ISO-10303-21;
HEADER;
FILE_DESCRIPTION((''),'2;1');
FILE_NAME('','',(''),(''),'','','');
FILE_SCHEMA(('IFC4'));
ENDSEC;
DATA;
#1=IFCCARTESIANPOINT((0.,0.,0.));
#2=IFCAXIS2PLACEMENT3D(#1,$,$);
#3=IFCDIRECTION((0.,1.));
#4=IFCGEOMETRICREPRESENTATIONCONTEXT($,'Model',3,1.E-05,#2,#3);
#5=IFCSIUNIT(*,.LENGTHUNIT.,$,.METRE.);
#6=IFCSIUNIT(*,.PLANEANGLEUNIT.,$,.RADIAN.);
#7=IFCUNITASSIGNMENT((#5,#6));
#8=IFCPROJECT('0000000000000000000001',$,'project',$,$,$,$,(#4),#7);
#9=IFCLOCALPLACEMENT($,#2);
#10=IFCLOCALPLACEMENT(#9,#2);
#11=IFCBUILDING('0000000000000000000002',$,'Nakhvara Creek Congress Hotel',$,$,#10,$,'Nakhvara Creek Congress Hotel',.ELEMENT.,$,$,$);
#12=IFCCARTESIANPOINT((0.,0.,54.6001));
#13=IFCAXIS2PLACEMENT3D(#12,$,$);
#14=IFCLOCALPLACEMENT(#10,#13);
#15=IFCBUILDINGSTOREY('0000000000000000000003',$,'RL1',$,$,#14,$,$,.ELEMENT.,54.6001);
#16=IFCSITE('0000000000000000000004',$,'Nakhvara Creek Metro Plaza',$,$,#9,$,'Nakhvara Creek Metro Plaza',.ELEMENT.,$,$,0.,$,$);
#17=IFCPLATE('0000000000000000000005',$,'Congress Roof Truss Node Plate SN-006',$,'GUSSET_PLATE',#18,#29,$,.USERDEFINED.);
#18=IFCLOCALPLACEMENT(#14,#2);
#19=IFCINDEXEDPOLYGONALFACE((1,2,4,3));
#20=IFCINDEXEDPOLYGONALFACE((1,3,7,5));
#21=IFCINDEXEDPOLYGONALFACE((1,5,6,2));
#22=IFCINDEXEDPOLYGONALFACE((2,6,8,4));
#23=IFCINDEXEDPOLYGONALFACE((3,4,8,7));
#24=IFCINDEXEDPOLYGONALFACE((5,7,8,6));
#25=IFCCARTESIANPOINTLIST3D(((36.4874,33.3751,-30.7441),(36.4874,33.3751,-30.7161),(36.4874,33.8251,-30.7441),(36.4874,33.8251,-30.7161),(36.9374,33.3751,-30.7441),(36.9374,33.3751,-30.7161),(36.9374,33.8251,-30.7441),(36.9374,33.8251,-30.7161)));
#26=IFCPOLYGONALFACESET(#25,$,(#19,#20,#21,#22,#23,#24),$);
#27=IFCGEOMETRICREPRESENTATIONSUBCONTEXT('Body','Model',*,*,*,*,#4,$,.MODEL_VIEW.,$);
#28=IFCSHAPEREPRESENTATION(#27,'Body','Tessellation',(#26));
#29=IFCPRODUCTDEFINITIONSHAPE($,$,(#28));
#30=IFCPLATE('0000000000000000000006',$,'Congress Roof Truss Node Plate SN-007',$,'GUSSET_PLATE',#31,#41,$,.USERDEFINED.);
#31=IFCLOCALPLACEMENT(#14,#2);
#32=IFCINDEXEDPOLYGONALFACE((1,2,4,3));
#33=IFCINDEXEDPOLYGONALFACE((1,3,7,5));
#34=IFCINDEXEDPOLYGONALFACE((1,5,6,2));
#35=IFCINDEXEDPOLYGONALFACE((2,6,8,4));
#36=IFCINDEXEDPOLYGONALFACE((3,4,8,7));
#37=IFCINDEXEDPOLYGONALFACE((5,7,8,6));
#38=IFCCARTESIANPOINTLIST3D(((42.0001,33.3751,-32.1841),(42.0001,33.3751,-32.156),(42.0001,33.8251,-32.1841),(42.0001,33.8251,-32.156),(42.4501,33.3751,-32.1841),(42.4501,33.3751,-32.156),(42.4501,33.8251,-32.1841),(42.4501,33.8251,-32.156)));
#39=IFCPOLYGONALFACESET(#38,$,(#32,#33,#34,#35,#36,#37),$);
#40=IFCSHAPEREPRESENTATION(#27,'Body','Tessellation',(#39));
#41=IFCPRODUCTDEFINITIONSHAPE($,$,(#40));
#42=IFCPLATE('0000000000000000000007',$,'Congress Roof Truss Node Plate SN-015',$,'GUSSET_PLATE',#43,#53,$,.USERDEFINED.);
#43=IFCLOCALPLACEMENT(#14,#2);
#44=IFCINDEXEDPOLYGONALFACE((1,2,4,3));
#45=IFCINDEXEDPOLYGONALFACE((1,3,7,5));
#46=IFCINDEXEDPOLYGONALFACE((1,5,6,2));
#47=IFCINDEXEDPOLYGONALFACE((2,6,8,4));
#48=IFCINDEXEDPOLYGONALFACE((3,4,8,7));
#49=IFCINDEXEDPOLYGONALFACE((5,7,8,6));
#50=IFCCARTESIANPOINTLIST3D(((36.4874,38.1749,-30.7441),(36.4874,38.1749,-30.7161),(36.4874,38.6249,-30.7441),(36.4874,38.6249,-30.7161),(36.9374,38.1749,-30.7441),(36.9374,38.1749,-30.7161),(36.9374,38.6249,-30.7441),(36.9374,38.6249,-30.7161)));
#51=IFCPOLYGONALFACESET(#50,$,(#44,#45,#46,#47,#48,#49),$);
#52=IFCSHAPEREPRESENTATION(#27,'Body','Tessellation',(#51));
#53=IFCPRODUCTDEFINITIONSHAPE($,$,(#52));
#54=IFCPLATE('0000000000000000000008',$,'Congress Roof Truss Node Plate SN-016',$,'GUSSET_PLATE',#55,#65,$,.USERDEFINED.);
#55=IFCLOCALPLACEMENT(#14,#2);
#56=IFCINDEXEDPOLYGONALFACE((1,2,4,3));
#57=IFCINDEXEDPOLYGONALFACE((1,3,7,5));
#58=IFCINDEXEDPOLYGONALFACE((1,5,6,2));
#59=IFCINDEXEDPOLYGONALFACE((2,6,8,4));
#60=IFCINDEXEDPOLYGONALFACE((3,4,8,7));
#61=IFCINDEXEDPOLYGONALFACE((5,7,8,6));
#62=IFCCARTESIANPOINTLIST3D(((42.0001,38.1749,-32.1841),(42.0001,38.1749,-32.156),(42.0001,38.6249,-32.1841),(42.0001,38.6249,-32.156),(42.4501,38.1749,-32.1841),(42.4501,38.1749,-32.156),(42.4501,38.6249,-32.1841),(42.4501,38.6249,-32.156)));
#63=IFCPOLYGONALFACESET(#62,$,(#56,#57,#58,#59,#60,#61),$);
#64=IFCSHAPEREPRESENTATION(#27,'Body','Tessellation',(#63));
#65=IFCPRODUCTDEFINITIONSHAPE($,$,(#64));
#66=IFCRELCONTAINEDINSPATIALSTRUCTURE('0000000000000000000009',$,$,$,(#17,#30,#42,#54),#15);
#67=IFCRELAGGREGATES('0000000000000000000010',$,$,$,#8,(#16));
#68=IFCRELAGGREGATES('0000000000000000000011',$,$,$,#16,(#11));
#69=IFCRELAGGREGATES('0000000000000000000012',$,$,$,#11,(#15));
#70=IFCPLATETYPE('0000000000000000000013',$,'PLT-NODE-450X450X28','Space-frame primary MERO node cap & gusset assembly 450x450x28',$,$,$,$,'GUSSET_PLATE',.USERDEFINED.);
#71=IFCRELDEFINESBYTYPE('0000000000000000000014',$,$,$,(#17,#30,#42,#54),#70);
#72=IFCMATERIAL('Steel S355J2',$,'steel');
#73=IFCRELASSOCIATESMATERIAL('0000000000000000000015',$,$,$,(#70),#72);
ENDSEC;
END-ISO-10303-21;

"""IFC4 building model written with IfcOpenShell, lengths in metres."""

from ifc_helpers import new_model, si_unit, direction, frame, origin, origin_2d, place, context, subcontext, project, spatial, rectangle, extrude, material, type_object, element, save


model = new_model("IFC4")

# Units and contexts
model_context = context("Model", 3, precision=1e-05, world=origin(), true_north=direction((0.0, 1.0)))
body_context = subcontext(model_context, "Body", "Model", "MODEL_VIEW")
ifc_project = project(units=[si_unit("LENGTHUNIT", "METRE"), si_unit("PLANEANGLEUNIT", "RADIAN")], contexts=[model_context])

# Site, building, storey
site_placement = place(None, origin())
site = spatial("IfcSite", under=ifc_project, at=site_placement, Name="Nakhvara Creek Metro Plaza", LongName="Nakhvara Creek Metro Plaza", CompositionType="ELEMENT", RefElevation=0.0)
building_placement = place(site_placement, origin())
building = spatial("IfcBuilding", under=site, at=building_placement, Name="Nakhvara Creek Congress Hotel", LongName="Nakhvara Creek Congress Hotel", CompositionType="ELEMENT")
storey_placement = place(building_placement, frame((0.0, 0.0, 54.6001)))
storey = spatial("IfcBuildingStorey", under=building, at=storey_placement, Name="RL1", CompositionType="ELEMENT", Elevation=54.6001)

# Plates
ifc_material_1 = material(Name="Steel S355J2", Category="steel")
plate_type_1 = type_object("IfcPlateType", Name="PLT-NODE-450X450X28", Description="Space-frame primary MERO node cap & gusset assembly 450x450x28", ElementType="GUSSET_PLATE", PredefinedType="USERDEFINED", material=ifc_material_1)
for number, where, z_axis, x_axis, name in (
    (1, (36.7124, 33.6001, -30.7441), (0.0, 0.0, 1.0), (1.0, 0.0, 0.0), "Congress Roof Truss Node Plate SN-006"),
    (2, (42.2251, 33.6001, -32.1841), (0.0, 0.0, 1.0), (1.0, 0.0, 0.0), "Congress Roof Truss Node Plate SN-007"),
    (3, (36.7124, 38.3999, -30.7441), (0.0, 0.0, 1.0), (1.0, 0.0, 0.0), "Congress Roof Truss Node Plate SN-015"),
    (4, (42.2251, 38.3999, -32.1841), (0.0, 0.0, 1.0), (1.0, 0.0, 0.0), "Congress Roof Truss Node Plate SN-016"),
):
    element("IfcPlate", number, at=place(storey_placement, frame(where, z_axis=z_axis, x_axis=x_axis)), inside=storey, type_object=plate_type_1, Name=name, ObjectType="GUSSET_PLATE", PredefinedType="USERDEFINED", context=body_context, shape_type="SweptSolid", body=[
        extrude(rectangle(XDim=0.45, YDim=0.45, at=origin_2d()), origin(), (0.0, 0.0, 1.0), 0.0281),
    ])

save(model, "model.ifc")
